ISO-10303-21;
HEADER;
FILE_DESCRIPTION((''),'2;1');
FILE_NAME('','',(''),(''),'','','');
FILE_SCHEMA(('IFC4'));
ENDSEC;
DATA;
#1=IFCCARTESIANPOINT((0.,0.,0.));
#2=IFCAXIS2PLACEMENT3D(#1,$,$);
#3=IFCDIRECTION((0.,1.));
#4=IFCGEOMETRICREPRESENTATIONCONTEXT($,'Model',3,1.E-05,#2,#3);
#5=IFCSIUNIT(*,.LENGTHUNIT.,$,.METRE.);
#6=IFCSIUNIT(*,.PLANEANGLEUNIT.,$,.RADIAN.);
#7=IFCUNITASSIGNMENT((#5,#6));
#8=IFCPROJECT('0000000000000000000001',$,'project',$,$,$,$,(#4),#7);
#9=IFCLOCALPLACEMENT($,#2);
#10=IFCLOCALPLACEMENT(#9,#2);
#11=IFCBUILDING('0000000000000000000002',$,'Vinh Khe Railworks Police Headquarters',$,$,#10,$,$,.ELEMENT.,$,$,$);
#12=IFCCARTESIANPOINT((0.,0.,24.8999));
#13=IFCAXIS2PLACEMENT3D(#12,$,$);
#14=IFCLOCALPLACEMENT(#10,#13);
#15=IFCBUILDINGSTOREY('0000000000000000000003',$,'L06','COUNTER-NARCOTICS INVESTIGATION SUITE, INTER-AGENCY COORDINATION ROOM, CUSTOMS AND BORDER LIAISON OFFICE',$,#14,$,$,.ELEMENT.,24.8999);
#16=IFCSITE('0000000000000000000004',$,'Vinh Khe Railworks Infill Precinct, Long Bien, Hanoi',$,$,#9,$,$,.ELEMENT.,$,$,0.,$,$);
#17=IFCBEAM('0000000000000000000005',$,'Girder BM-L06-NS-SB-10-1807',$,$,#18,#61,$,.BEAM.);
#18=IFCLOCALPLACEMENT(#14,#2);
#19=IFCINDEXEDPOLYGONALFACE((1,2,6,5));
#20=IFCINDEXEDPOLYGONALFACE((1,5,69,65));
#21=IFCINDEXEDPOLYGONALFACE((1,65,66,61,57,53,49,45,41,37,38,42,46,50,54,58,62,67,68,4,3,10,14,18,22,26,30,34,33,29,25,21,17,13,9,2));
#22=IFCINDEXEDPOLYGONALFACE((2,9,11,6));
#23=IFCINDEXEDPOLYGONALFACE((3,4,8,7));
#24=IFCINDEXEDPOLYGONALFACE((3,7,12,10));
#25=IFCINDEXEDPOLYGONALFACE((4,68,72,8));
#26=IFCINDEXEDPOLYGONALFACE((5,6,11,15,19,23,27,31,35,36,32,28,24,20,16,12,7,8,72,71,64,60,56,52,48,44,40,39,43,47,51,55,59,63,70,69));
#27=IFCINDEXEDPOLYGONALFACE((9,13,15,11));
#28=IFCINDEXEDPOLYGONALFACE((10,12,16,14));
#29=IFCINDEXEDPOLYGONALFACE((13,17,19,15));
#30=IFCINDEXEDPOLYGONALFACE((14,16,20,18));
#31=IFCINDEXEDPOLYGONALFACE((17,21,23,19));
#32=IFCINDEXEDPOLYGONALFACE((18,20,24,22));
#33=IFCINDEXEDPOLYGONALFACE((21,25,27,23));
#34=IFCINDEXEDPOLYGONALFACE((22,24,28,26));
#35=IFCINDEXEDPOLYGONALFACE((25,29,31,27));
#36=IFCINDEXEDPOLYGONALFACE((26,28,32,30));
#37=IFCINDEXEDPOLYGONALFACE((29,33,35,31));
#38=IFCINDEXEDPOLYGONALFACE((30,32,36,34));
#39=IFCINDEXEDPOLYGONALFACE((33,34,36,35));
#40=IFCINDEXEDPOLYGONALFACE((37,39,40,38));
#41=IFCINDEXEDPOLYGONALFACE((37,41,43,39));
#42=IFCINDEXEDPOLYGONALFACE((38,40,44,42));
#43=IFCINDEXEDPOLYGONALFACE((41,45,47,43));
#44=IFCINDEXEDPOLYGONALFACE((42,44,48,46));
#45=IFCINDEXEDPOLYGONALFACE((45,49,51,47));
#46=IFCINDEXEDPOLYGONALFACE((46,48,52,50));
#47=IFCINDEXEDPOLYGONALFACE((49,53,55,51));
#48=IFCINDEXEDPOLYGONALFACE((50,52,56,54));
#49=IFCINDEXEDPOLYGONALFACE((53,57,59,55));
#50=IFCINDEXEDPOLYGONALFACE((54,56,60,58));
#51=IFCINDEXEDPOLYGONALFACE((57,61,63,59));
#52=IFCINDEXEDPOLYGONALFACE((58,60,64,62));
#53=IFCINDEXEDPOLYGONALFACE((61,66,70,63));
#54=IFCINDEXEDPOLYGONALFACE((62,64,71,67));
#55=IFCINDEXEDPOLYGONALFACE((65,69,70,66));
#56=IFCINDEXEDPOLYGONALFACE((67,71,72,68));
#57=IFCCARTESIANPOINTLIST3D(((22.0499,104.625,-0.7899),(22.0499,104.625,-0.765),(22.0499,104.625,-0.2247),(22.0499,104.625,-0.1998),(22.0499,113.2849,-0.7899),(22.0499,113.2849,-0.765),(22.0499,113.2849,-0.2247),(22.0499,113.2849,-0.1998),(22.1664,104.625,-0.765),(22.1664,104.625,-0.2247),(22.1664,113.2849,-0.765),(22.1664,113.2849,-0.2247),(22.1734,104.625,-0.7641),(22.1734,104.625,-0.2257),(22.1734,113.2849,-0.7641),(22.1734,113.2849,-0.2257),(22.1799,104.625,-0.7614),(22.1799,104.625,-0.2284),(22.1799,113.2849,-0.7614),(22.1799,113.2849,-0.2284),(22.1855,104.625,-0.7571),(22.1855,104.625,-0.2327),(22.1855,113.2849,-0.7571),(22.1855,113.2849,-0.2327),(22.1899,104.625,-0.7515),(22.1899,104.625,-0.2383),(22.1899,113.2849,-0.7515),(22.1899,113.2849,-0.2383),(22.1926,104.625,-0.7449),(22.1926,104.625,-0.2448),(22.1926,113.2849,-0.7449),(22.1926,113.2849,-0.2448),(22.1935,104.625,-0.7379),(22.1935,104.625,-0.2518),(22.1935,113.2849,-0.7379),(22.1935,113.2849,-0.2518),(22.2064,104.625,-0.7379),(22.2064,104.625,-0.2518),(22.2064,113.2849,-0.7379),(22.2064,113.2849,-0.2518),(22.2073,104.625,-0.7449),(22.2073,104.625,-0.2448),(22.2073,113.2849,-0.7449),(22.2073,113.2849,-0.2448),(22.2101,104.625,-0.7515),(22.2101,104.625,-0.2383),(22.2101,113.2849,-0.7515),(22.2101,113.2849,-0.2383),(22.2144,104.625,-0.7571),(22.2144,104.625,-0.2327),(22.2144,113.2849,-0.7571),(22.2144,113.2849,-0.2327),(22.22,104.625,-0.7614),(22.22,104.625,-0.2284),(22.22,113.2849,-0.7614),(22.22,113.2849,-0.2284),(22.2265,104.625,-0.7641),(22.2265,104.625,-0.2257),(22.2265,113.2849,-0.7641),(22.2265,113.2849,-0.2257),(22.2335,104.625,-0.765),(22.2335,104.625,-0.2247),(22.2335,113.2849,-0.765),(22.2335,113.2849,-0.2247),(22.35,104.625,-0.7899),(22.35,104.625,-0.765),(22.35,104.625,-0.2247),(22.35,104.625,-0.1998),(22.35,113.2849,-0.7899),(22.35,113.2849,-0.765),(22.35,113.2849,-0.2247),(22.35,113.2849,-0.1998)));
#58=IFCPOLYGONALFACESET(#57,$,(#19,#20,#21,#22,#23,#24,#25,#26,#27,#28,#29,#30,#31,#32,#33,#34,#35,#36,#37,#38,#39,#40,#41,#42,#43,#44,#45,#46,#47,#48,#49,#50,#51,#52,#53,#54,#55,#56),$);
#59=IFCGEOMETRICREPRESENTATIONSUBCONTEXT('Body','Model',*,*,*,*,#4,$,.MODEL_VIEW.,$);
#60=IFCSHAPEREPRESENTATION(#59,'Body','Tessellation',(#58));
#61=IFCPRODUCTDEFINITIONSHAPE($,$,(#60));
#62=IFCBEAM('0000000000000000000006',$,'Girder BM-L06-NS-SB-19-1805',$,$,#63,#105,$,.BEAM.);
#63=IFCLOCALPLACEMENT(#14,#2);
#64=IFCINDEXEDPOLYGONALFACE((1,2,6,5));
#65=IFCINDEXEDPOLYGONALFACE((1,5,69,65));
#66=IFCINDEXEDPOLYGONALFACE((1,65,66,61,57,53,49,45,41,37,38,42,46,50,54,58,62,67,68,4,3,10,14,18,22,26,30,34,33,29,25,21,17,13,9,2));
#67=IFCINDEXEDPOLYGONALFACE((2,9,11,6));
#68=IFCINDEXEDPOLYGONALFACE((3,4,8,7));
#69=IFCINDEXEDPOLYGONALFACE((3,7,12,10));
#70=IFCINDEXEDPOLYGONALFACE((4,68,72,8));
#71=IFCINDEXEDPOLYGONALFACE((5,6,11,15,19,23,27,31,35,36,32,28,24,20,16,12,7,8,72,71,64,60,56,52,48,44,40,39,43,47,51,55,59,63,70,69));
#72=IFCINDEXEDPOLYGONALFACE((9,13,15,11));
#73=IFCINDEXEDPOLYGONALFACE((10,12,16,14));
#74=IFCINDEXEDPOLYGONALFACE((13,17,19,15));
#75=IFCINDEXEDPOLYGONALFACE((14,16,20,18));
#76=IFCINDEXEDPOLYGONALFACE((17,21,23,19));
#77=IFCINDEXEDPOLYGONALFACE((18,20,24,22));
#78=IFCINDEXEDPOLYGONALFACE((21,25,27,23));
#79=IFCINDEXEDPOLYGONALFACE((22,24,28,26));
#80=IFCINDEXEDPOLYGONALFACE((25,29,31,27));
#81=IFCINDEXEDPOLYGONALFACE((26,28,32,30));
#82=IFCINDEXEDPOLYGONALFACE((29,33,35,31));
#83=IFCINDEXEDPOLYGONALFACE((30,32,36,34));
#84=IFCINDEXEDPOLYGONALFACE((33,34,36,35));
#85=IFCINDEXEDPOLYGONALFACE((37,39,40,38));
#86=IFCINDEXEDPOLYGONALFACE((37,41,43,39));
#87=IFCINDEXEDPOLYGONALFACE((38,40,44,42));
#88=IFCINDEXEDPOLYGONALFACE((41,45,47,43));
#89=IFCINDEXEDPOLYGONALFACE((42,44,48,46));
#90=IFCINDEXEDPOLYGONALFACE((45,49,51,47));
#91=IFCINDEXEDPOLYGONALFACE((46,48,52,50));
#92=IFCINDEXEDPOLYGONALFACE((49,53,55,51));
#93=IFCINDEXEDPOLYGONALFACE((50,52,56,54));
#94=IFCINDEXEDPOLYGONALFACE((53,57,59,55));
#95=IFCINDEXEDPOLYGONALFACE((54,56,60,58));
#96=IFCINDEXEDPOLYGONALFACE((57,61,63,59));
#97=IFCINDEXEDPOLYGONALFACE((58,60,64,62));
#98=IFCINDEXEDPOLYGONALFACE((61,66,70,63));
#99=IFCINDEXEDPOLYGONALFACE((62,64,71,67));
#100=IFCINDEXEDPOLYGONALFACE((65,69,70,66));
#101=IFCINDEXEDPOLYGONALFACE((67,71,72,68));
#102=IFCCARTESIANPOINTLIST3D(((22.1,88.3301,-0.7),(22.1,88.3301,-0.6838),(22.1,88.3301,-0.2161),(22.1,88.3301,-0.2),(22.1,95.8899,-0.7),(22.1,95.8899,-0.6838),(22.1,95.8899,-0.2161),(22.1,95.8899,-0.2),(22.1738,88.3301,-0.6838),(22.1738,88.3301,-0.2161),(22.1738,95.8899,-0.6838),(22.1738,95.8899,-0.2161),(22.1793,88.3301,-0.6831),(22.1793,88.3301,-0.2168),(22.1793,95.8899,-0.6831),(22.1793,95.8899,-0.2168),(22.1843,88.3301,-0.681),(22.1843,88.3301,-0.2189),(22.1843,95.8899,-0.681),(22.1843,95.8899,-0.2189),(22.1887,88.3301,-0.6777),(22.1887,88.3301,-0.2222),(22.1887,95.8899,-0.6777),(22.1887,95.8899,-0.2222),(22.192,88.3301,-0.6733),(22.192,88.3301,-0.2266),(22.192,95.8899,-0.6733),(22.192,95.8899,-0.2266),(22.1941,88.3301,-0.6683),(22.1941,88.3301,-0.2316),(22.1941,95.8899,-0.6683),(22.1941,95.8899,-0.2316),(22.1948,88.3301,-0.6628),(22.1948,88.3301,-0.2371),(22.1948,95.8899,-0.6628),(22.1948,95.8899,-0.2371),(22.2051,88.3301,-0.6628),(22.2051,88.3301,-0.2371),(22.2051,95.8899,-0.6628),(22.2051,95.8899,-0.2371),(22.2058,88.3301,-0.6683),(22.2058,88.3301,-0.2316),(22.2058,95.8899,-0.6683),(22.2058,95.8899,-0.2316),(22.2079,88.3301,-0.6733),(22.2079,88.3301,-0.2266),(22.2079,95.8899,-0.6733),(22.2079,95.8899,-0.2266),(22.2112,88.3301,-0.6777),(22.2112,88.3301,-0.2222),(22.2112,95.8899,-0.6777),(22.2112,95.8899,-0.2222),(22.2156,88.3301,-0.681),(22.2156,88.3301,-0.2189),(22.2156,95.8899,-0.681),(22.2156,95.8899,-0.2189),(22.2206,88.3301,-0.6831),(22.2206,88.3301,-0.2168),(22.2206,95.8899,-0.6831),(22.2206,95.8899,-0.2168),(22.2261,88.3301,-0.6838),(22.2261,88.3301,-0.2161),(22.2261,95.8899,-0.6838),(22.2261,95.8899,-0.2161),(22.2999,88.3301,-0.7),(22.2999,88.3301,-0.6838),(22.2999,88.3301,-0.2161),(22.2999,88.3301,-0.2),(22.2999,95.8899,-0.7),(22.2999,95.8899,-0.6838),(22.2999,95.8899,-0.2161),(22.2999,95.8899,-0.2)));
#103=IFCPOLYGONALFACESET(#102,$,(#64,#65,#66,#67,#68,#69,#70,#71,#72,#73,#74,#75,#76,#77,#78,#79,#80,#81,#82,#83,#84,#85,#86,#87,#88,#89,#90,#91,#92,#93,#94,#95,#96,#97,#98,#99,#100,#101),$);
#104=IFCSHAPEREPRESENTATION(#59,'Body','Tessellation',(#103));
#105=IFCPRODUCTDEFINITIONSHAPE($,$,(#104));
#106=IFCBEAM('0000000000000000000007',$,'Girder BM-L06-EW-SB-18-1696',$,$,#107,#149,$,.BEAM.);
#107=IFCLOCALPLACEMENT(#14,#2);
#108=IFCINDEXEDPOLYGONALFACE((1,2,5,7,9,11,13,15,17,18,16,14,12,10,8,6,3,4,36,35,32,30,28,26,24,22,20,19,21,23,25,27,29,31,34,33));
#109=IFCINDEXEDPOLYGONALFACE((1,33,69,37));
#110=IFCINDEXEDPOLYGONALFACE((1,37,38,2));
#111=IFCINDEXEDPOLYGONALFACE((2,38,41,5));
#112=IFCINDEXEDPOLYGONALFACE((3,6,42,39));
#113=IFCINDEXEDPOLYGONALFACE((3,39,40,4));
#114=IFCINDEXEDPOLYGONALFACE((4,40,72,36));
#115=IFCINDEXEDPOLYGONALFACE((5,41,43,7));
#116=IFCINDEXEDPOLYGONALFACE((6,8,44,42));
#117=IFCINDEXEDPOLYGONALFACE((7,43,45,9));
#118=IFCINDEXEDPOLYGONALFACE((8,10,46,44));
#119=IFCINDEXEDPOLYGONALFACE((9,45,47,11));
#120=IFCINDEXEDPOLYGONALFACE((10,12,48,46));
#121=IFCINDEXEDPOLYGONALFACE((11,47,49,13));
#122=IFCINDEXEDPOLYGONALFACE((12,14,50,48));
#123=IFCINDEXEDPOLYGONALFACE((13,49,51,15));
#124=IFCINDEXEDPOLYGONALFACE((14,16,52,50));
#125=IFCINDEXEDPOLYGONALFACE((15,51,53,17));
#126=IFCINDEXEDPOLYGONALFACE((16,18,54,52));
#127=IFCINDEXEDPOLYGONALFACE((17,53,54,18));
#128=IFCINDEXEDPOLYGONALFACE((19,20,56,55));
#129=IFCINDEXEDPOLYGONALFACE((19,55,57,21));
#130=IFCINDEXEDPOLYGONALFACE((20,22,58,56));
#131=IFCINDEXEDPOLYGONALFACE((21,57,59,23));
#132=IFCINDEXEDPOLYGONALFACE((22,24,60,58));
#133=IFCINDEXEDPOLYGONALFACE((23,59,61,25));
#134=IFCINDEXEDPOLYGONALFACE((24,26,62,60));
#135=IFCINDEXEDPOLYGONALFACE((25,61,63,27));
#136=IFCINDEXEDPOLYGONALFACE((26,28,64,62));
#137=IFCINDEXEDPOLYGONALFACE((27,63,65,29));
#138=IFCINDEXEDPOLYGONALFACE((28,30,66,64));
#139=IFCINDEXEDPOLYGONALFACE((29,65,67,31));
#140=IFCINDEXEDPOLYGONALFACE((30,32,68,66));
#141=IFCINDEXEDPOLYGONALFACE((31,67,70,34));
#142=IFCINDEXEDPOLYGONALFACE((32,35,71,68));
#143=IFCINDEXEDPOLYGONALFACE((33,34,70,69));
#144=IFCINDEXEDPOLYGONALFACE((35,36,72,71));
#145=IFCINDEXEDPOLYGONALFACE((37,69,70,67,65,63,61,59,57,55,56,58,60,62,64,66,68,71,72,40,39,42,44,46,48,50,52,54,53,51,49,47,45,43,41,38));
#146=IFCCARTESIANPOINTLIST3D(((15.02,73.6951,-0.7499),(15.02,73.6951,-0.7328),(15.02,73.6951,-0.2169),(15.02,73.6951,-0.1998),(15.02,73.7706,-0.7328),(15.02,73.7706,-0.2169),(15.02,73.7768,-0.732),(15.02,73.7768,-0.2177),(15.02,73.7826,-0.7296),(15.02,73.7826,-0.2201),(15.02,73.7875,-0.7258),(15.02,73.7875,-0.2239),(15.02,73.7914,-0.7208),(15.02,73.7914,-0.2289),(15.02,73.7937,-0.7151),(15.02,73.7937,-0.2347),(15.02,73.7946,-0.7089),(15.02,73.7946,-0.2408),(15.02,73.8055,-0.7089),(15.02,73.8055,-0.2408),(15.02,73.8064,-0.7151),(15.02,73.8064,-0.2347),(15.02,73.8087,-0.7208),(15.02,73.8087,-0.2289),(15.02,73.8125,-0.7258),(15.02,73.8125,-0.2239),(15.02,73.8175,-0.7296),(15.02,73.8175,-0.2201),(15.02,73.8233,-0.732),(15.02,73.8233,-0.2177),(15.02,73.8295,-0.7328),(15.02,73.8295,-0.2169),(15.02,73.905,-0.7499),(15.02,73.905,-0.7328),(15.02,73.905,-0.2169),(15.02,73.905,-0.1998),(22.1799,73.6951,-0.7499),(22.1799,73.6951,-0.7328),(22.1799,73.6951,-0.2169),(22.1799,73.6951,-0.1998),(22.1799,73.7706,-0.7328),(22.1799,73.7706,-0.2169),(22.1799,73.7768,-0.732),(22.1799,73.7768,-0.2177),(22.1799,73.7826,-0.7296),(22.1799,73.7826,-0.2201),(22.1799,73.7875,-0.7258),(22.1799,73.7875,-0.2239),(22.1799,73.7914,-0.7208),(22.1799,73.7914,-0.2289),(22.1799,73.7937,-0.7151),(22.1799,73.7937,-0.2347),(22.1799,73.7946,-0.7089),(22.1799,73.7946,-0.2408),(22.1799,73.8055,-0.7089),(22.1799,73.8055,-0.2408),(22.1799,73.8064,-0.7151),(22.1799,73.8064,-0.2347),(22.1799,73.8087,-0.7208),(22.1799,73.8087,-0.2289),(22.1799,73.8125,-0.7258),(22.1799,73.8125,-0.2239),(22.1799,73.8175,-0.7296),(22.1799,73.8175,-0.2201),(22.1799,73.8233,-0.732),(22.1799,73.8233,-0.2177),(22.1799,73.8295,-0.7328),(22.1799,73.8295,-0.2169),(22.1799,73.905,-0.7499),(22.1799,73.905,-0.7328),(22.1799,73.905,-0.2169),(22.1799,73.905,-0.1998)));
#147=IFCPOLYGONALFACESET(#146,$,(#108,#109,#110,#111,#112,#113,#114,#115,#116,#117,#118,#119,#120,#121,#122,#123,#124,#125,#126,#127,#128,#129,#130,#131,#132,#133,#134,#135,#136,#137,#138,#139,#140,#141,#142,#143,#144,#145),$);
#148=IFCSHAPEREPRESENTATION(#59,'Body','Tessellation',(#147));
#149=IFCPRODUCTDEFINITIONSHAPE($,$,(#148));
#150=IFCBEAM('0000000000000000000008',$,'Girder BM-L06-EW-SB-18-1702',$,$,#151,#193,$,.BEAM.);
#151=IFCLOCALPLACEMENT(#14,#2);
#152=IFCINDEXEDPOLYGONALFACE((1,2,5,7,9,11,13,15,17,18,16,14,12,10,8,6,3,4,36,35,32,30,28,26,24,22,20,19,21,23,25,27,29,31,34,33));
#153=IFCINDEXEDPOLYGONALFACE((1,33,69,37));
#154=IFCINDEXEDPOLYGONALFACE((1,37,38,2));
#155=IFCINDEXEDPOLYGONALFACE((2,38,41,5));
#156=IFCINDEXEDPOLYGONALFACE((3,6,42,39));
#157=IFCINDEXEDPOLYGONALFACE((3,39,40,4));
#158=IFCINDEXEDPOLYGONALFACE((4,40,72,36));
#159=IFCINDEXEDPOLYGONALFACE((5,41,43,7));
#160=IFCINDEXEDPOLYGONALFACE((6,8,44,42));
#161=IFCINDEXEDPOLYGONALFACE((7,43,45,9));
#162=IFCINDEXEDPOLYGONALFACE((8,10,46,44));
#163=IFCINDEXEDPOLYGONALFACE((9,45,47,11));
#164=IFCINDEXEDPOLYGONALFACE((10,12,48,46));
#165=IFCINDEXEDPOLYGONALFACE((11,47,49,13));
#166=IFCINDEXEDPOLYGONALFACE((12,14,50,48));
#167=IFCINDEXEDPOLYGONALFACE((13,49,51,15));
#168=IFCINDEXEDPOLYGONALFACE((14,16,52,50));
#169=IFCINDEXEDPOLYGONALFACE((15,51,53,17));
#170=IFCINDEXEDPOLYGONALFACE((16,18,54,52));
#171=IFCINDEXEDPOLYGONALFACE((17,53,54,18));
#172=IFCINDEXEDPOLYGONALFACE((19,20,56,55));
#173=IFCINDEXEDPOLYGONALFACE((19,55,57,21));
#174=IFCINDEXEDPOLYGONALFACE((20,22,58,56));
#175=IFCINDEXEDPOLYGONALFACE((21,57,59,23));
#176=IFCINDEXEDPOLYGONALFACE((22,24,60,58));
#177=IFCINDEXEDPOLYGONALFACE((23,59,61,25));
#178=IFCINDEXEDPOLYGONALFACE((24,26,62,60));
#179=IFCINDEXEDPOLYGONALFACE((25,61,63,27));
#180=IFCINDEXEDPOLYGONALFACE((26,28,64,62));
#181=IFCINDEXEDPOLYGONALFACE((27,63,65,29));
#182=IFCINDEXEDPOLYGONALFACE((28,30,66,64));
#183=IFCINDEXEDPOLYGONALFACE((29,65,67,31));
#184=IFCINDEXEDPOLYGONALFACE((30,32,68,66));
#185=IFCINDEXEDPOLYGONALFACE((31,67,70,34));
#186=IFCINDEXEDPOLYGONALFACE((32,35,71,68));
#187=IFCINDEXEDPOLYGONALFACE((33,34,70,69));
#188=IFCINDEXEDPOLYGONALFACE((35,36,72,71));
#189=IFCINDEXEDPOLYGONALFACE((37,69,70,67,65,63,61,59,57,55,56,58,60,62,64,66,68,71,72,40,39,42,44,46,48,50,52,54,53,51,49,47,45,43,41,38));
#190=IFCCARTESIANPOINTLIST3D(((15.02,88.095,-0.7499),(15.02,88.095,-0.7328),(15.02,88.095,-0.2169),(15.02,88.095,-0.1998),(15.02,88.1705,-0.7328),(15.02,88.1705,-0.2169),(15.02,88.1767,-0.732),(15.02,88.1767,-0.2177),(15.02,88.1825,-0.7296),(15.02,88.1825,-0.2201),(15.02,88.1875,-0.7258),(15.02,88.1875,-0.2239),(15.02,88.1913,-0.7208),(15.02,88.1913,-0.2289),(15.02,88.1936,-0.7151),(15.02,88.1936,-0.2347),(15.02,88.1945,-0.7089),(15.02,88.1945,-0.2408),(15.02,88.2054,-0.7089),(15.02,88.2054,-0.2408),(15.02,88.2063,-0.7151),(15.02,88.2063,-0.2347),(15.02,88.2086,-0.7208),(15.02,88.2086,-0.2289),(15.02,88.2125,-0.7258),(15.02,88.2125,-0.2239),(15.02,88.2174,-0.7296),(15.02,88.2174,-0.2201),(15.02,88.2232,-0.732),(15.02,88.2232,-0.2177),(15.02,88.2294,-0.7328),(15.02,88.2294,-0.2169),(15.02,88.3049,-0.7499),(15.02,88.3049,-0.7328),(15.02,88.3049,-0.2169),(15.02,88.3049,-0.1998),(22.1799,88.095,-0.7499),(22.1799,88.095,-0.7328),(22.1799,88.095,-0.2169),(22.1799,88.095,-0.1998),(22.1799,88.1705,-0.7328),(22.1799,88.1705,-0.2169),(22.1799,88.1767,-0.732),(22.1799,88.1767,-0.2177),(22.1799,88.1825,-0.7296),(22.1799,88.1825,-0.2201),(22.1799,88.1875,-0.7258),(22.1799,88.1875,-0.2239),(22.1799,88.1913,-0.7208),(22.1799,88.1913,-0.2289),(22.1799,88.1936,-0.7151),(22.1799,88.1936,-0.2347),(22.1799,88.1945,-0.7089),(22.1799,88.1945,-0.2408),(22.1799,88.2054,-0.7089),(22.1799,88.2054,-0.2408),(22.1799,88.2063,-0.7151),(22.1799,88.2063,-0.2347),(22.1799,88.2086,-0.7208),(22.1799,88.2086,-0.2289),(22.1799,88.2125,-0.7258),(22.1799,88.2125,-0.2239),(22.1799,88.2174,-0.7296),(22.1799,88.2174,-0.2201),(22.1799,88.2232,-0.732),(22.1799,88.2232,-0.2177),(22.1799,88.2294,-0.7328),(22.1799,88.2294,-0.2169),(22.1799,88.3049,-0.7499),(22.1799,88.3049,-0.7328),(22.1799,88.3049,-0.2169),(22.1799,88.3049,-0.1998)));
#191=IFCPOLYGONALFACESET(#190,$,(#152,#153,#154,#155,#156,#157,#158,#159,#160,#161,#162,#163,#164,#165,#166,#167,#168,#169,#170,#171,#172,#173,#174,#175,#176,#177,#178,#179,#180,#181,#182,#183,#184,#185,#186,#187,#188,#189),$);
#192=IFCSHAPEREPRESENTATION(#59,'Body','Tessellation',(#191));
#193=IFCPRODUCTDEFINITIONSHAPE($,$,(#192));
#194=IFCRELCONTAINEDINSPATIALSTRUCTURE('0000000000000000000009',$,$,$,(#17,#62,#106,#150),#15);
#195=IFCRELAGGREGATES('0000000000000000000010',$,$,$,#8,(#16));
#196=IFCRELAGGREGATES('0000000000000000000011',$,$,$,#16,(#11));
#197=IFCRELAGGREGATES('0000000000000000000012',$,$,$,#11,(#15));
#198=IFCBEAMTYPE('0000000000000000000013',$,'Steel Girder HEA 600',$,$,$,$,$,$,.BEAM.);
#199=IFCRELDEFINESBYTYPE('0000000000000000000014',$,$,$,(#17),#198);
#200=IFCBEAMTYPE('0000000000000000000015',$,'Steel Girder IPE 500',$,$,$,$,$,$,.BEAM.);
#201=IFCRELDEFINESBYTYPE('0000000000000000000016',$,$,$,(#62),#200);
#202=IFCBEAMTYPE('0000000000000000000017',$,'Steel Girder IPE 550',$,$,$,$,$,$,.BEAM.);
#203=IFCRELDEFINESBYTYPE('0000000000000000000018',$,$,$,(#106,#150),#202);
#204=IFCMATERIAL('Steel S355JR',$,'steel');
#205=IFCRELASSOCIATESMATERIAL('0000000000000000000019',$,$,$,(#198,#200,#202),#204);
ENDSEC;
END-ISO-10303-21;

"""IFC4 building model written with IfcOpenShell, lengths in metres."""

from ifc_helpers import new_model, si_unit, direction, frame, origin, origin_2d, place, context, subcontext, project, spatial, i_section, extrude, material, material_profile, profile_set, type_object, element, save


model = new_model("IFC4")

# Units and contexts
model_context = context("Model", 3, precision=1e-05, world=origin(), true_north=direction((0.0, 1.0)))
body_context = subcontext(model_context, "Body", "Model", "MODEL_VIEW")
ifc_project = project(units=[si_unit("LENGTHUNIT", "METRE"), si_unit("PLANEANGLEUNIT", "RADIAN")], contexts=[model_context])

# Site, building, storey
site_placement = place(None, origin())
site = spatial("IfcSite", under=ifc_project, at=site_placement, Name="Vinh Khe Railworks Infill Precinct, Long Bien, Hanoi", CompositionType="ELEMENT", RefElevation=0.0)
building_placement = place(site_placement, origin())
building = spatial("IfcBuilding", under=site, at=building_placement, Name="Vinh Khe Railworks Police Headquarters", CompositionType="ELEMENT")
storey_placement = place(building_placement, frame((0.0, 0.0, 24.8999)))
storey = spatial("IfcBuildingStorey", under=building, at=storey_placement, Name="L06", Description="COUNTER-NARCOTICS INVESTIGATION SUITE, INTER-AGENCY COORDINATION ROOM, CUSTOMS AND BORDER LIAISON OFFICE", CompositionType="ELEMENT", Elevation=24.8999)

# Shared definitions
ifc_material_1 = material(Name="Steel S355JR", Category="steel")

# Beams
ifc_material_profile_1 = material_profile(ifc_material_1, i_section(OverallWidth=0.3, OverallDepth=0.5901, WebThickness=0.0129, FlangeThickness=0.0249, FilletRadius=0.0271, at=origin_2d()), Name="HEA 600")
ifc_profile_set_1 = profile_set([ifc_material_profile_1], Name="Steel S355JR")
beam_type_1 = type_object("IfcBeamType", Name="Steel Girder HEA 600", PredefinedType="BEAM", material=ifc_profile_set_1)
beam_1_placement = place(storey_placement, frame((22.2, 104.625, -0.4949), z_axis=(0.0, 1.0, 0.0), x_axis=(-1.0, 0.0, 0.0)))
element("IfcBeam", 1, at=beam_1_placement, inside=storey, type_object=beam_type_1, Name="Girder BM-L06-NS-SB-10-1807", PredefinedType="BEAM", context=body_context, shape_type="SweptSolid", body=[
    extrude(i_section(OverallWidth=0.3, OverallDepth=0.5901, WebThickness=0.0129, FlangeThickness=0.0249, FilletRadius=0.0271, at=origin_2d()), origin(), (0.0, 0.0, 1.0), 8.6599),
])
ifc_material_profile_2 = material_profile(ifc_material_1, i_section(OverallWidth=0.2, OverallDepth=0.5, WebThickness=0.0103, FlangeThickness=0.0161, FilletRadius=0.021, at=origin_2d()), Name="IPE 500")
ifc_profile_set_2 = profile_set([ifc_material_profile_2], Name="Steel S355JR")
beam_type_2 = type_object("IfcBeamType", Name="Steel Girder IPE 500", PredefinedType="BEAM", material=ifc_profile_set_2)
beam_2_placement = place(storey_placement, frame((22.2, 88.3301, -0.45), z_axis=(0.0, 1.0, 0.0), x_axis=(-1.0, 0.0, 0.0)))
element("IfcBeam", 2, at=beam_2_placement, inside=storey, type_object=beam_type_2, Name="Girder BM-L06-NS-SB-19-1805", PredefinedType="BEAM", context=body_context, shape_type="SweptSolid", body=[
    extrude(i_section(OverallWidth=0.2, OverallDepth=0.5, WebThickness=0.0103, FlangeThickness=0.0161, FilletRadius=0.021, at=origin_2d()), origin(), (0.0, 0.0, 1.0), 7.5598),
])
ifc_material_profile_3 = material_profile(ifc_material_1, i_section(OverallWidth=0.21, OverallDepth=0.55, WebThickness=0.011, FlangeThickness=0.0171, FilletRadius=0.0239, at=origin_2d()), Name="IPE 550")
ifc_profile_set_3 = profile_set([ifc_material_profile_3], Name="Steel S355JR")
beam_type_3 = type_object("IfcBeamType", Name="Steel Girder IPE 550", PredefinedType="BEAM", material=ifc_profile_set_3)
for number, where, z_axis, x_axis, name in (
    (3, (15.02, 73.8, -0.4749), (1.0, 0.0, 0.0), (0.0, 1.0, 0.0), "Girder BM-L06-EW-SB-18-1696"),
    (4, (15.02, 88.2, -0.4749), (1.0, 0.0, 0.0), (0.0, 1.0, 0.0), "Girder BM-L06-EW-SB-18-1702"),
):
    element("IfcBeam", number, at=place(storey_placement, frame(where, z_axis=z_axis, x_axis=x_axis)), inside=storey, type_object=beam_type_3, Name=name, PredefinedType="BEAM", context=body_context, shape_type="SweptSolid", body=[
        extrude(i_section(OverallWidth=0.21, OverallDepth=0.55, WebThickness=0.011, FlangeThickness=0.0171, FilletRadius=0.0239, at=origin_2d()), origin(), (0.0, 0.0, 1.0), 7.1599),
    ])

save(model, "model.ifc")
